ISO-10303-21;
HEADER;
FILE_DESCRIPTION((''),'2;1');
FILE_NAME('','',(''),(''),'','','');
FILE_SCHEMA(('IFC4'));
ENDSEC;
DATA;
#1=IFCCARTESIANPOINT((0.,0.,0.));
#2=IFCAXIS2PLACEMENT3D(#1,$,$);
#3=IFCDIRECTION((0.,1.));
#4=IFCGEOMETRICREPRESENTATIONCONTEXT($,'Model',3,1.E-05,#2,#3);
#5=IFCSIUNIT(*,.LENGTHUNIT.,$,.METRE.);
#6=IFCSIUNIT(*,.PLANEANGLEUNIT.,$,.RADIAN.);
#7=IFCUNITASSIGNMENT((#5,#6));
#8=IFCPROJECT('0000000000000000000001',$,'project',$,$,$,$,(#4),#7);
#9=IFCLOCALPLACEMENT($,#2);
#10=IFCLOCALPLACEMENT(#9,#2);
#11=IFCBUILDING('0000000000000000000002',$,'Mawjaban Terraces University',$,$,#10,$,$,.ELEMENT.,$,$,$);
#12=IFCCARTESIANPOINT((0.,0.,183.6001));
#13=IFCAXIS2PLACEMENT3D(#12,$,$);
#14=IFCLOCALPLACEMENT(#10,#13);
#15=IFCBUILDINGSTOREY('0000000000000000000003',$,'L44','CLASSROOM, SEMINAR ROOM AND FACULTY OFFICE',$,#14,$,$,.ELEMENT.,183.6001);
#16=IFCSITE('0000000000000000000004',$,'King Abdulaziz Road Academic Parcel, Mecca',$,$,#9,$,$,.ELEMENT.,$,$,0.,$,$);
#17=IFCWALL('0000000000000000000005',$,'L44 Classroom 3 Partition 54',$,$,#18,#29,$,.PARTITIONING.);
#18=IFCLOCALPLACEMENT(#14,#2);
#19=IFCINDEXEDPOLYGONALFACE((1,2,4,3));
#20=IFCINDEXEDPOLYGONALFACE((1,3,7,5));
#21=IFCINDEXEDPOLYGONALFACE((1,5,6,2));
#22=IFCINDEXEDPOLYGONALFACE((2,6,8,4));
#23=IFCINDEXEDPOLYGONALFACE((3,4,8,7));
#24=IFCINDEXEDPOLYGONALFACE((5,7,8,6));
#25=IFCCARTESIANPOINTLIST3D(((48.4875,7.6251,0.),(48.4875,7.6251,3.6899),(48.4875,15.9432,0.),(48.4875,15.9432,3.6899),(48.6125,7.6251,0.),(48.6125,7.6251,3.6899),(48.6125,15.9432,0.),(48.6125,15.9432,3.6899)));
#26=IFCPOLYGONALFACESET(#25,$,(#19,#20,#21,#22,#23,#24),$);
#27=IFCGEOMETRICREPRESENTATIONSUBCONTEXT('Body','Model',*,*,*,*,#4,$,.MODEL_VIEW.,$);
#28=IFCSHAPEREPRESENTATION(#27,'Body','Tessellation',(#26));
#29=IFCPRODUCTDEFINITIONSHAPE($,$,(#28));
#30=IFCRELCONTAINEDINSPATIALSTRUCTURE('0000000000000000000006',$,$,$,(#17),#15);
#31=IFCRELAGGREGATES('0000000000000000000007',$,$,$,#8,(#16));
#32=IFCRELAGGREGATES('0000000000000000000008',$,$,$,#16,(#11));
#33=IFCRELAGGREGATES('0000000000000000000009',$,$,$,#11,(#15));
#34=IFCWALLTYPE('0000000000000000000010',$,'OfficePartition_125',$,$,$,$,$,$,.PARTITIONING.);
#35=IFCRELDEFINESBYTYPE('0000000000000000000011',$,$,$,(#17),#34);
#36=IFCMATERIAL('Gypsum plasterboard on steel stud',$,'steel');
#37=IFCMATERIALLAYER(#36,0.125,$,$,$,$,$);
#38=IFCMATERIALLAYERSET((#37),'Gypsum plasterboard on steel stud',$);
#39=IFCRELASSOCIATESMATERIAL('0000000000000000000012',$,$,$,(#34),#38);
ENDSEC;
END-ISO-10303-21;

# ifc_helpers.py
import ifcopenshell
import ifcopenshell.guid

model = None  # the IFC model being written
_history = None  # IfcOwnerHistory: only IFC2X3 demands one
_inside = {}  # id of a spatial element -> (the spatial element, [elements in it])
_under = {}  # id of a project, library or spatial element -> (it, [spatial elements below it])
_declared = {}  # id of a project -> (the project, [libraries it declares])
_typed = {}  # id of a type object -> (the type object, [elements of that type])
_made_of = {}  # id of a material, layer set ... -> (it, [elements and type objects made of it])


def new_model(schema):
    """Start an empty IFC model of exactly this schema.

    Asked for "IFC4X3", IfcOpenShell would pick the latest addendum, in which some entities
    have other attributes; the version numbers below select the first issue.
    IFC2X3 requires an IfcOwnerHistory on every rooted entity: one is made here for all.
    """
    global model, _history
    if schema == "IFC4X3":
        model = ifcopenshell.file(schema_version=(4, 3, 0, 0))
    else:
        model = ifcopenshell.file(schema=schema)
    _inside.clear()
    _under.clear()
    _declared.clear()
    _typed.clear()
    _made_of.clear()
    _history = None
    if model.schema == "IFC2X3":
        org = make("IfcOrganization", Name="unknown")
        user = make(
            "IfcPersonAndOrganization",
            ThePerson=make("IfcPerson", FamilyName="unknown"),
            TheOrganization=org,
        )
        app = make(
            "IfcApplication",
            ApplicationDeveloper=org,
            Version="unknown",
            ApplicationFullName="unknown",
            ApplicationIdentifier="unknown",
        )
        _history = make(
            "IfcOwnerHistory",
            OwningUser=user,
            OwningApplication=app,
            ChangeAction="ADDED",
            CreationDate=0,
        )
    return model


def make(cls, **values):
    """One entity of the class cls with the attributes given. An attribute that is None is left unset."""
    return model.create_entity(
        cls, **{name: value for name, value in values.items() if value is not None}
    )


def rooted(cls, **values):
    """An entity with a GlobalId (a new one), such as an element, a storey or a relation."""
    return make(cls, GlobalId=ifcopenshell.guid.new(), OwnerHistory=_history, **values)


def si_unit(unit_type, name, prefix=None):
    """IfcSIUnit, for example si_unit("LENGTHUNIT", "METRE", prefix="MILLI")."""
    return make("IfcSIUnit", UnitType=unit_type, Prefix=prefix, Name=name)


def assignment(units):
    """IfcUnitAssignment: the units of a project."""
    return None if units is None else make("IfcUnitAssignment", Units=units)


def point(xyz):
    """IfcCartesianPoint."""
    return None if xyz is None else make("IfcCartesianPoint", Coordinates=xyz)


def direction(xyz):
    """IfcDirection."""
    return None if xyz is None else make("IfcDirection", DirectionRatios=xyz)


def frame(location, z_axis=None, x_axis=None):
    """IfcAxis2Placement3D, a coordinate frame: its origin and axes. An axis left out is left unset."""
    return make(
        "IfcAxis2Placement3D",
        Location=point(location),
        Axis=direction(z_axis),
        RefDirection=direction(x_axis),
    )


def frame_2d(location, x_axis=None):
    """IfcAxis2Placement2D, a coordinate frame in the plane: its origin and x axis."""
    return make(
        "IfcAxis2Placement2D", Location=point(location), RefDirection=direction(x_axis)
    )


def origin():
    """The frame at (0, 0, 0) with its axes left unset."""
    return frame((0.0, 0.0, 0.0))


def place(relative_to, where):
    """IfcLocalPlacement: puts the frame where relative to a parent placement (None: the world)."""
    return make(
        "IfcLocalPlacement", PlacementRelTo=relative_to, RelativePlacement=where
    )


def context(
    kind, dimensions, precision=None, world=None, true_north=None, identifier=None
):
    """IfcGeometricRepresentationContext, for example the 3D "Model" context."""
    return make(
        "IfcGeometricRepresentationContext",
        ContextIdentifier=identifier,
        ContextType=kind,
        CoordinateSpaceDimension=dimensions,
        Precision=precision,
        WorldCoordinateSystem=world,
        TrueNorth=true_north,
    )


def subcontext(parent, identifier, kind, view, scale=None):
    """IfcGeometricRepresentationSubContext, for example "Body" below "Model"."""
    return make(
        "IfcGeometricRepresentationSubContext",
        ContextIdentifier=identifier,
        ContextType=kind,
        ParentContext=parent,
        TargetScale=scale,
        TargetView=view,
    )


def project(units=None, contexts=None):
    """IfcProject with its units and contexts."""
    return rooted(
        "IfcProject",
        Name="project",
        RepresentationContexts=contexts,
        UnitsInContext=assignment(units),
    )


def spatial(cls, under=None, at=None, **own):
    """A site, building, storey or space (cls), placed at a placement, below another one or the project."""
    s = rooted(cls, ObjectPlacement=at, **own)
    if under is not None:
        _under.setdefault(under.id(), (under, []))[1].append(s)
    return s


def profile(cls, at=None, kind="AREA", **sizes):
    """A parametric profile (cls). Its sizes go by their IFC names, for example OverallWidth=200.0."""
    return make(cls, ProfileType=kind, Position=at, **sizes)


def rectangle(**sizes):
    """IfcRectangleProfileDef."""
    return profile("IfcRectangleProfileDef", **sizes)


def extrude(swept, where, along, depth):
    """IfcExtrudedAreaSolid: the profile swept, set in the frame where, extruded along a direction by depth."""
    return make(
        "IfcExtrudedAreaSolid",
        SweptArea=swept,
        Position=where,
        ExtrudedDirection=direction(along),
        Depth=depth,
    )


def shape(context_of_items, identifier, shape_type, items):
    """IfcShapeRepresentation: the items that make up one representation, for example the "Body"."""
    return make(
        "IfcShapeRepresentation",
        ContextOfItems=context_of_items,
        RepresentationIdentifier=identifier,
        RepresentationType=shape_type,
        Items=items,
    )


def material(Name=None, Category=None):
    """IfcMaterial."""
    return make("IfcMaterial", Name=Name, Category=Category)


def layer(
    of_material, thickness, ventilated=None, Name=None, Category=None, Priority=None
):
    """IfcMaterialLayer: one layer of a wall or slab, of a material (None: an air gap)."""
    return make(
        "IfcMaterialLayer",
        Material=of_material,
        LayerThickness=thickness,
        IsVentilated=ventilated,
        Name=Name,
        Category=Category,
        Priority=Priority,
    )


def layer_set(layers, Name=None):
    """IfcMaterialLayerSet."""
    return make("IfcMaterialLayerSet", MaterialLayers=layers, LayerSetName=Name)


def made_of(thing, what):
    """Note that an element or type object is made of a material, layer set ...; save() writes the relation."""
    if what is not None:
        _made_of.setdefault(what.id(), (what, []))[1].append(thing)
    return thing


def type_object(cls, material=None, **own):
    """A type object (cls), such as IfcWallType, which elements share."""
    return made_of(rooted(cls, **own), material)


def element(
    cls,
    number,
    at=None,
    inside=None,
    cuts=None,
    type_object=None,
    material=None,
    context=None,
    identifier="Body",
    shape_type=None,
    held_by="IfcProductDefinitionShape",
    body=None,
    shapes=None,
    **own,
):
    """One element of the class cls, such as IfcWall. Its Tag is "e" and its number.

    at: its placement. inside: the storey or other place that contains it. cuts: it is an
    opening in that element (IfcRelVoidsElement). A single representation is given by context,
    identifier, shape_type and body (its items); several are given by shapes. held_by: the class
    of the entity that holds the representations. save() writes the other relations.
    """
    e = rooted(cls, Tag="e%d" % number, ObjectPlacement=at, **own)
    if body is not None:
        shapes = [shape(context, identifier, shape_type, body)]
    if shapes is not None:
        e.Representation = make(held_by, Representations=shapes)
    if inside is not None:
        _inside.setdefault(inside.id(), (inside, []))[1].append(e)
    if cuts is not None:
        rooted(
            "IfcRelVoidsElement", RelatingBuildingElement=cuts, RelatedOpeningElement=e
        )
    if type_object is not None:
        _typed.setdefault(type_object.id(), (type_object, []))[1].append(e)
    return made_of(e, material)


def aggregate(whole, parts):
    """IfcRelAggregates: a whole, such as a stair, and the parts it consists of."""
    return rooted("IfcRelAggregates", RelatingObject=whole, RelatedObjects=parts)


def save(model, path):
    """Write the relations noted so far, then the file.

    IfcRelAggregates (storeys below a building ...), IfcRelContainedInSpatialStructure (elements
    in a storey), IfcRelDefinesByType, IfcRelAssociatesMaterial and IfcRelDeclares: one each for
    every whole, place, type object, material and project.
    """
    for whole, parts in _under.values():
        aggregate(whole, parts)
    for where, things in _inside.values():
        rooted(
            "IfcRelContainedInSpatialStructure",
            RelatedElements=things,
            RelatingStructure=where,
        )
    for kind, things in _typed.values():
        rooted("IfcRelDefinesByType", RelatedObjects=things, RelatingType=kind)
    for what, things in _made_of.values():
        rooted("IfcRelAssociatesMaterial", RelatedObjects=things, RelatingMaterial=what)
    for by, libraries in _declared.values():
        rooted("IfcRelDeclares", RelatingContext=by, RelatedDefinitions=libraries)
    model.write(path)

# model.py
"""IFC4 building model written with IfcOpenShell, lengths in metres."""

from ifc_helpers import new_model, si_unit, direction, frame, frame_2d, origin, place, context, subcontext, project, spatial, rectangle, extrude, material, layer, layer_set, type_object, element, save


model = new_model("IFC4")

# Units and contexts
model_context = context("Model", 3, precision=1e-05, world=origin(), true_north=direction((0.0, 1.0)))
body_context = subcontext(model_context, "Body", "Model", "MODEL_VIEW")
ifc_project = project(units=[si_unit("LENGTHUNIT", "METRE"), si_unit("PLANEANGLEUNIT", "RADIAN")], contexts=[model_context])

# Site, building, storey
site_placement = place(None, origin())
site = spatial("IfcSite", under=ifc_project, at=site_placement, Name="King Abdulaziz Road Academic Parcel, Mecca", CompositionType="ELEMENT", RefElevation=0.0)
building_placement = place(site_placement, origin())
building = spatial("IfcBuilding", under=site, at=building_placement, Name="Mawjaban Terraces University", CompositionType="ELEMENT")
storey_placement = place(building_placement, frame((0.0, 0.0, 183.6001)))
storey = spatial("IfcBuildingStorey", under=building, at=storey_placement, Name="L44", Description="CLASSROOM, SEMINAR ROOM AND FACULTY OFFICE", CompositionType="ELEMENT", Elevation=183.6001)

# Wall
ifc_material_1 = material(Name="Gypsum plasterboard on steel stud", Category="steel")
ifc_layer_1 = layer(ifc_material_1, 0.125)
ifc_layer_set_1 = layer_set([ifc_layer_1], Name="Gypsum plasterboard on steel stud")
wall_type_1 = type_object("IfcWallType", Name="OfficePartition_125", PredefinedType="PARTITIONING", material=ifc_layer_set_1)
wall_1_placement = place(storey_placement, frame((48.55, 7.625, 0.0), z_axis=(0.0, 0.0, 1.0), x_axis=(0.0, 1.0, 0.0)))
element("IfcWall", 1, at=wall_1_placement, inside=storey, type_object=wall_type_1, Name="L44 Classroom 3 Partition 54", PredefinedType="PARTITIONING", context=body_context, shape_type="SweptSolid", body=[
    extrude(rectangle(XDim=8.3181, YDim=0.125, at=frame_2d((4.1592, 0.0))), origin(), (0.0, 0.0, 1.0), 3.6899),
])

save(model, "model.ifc")
